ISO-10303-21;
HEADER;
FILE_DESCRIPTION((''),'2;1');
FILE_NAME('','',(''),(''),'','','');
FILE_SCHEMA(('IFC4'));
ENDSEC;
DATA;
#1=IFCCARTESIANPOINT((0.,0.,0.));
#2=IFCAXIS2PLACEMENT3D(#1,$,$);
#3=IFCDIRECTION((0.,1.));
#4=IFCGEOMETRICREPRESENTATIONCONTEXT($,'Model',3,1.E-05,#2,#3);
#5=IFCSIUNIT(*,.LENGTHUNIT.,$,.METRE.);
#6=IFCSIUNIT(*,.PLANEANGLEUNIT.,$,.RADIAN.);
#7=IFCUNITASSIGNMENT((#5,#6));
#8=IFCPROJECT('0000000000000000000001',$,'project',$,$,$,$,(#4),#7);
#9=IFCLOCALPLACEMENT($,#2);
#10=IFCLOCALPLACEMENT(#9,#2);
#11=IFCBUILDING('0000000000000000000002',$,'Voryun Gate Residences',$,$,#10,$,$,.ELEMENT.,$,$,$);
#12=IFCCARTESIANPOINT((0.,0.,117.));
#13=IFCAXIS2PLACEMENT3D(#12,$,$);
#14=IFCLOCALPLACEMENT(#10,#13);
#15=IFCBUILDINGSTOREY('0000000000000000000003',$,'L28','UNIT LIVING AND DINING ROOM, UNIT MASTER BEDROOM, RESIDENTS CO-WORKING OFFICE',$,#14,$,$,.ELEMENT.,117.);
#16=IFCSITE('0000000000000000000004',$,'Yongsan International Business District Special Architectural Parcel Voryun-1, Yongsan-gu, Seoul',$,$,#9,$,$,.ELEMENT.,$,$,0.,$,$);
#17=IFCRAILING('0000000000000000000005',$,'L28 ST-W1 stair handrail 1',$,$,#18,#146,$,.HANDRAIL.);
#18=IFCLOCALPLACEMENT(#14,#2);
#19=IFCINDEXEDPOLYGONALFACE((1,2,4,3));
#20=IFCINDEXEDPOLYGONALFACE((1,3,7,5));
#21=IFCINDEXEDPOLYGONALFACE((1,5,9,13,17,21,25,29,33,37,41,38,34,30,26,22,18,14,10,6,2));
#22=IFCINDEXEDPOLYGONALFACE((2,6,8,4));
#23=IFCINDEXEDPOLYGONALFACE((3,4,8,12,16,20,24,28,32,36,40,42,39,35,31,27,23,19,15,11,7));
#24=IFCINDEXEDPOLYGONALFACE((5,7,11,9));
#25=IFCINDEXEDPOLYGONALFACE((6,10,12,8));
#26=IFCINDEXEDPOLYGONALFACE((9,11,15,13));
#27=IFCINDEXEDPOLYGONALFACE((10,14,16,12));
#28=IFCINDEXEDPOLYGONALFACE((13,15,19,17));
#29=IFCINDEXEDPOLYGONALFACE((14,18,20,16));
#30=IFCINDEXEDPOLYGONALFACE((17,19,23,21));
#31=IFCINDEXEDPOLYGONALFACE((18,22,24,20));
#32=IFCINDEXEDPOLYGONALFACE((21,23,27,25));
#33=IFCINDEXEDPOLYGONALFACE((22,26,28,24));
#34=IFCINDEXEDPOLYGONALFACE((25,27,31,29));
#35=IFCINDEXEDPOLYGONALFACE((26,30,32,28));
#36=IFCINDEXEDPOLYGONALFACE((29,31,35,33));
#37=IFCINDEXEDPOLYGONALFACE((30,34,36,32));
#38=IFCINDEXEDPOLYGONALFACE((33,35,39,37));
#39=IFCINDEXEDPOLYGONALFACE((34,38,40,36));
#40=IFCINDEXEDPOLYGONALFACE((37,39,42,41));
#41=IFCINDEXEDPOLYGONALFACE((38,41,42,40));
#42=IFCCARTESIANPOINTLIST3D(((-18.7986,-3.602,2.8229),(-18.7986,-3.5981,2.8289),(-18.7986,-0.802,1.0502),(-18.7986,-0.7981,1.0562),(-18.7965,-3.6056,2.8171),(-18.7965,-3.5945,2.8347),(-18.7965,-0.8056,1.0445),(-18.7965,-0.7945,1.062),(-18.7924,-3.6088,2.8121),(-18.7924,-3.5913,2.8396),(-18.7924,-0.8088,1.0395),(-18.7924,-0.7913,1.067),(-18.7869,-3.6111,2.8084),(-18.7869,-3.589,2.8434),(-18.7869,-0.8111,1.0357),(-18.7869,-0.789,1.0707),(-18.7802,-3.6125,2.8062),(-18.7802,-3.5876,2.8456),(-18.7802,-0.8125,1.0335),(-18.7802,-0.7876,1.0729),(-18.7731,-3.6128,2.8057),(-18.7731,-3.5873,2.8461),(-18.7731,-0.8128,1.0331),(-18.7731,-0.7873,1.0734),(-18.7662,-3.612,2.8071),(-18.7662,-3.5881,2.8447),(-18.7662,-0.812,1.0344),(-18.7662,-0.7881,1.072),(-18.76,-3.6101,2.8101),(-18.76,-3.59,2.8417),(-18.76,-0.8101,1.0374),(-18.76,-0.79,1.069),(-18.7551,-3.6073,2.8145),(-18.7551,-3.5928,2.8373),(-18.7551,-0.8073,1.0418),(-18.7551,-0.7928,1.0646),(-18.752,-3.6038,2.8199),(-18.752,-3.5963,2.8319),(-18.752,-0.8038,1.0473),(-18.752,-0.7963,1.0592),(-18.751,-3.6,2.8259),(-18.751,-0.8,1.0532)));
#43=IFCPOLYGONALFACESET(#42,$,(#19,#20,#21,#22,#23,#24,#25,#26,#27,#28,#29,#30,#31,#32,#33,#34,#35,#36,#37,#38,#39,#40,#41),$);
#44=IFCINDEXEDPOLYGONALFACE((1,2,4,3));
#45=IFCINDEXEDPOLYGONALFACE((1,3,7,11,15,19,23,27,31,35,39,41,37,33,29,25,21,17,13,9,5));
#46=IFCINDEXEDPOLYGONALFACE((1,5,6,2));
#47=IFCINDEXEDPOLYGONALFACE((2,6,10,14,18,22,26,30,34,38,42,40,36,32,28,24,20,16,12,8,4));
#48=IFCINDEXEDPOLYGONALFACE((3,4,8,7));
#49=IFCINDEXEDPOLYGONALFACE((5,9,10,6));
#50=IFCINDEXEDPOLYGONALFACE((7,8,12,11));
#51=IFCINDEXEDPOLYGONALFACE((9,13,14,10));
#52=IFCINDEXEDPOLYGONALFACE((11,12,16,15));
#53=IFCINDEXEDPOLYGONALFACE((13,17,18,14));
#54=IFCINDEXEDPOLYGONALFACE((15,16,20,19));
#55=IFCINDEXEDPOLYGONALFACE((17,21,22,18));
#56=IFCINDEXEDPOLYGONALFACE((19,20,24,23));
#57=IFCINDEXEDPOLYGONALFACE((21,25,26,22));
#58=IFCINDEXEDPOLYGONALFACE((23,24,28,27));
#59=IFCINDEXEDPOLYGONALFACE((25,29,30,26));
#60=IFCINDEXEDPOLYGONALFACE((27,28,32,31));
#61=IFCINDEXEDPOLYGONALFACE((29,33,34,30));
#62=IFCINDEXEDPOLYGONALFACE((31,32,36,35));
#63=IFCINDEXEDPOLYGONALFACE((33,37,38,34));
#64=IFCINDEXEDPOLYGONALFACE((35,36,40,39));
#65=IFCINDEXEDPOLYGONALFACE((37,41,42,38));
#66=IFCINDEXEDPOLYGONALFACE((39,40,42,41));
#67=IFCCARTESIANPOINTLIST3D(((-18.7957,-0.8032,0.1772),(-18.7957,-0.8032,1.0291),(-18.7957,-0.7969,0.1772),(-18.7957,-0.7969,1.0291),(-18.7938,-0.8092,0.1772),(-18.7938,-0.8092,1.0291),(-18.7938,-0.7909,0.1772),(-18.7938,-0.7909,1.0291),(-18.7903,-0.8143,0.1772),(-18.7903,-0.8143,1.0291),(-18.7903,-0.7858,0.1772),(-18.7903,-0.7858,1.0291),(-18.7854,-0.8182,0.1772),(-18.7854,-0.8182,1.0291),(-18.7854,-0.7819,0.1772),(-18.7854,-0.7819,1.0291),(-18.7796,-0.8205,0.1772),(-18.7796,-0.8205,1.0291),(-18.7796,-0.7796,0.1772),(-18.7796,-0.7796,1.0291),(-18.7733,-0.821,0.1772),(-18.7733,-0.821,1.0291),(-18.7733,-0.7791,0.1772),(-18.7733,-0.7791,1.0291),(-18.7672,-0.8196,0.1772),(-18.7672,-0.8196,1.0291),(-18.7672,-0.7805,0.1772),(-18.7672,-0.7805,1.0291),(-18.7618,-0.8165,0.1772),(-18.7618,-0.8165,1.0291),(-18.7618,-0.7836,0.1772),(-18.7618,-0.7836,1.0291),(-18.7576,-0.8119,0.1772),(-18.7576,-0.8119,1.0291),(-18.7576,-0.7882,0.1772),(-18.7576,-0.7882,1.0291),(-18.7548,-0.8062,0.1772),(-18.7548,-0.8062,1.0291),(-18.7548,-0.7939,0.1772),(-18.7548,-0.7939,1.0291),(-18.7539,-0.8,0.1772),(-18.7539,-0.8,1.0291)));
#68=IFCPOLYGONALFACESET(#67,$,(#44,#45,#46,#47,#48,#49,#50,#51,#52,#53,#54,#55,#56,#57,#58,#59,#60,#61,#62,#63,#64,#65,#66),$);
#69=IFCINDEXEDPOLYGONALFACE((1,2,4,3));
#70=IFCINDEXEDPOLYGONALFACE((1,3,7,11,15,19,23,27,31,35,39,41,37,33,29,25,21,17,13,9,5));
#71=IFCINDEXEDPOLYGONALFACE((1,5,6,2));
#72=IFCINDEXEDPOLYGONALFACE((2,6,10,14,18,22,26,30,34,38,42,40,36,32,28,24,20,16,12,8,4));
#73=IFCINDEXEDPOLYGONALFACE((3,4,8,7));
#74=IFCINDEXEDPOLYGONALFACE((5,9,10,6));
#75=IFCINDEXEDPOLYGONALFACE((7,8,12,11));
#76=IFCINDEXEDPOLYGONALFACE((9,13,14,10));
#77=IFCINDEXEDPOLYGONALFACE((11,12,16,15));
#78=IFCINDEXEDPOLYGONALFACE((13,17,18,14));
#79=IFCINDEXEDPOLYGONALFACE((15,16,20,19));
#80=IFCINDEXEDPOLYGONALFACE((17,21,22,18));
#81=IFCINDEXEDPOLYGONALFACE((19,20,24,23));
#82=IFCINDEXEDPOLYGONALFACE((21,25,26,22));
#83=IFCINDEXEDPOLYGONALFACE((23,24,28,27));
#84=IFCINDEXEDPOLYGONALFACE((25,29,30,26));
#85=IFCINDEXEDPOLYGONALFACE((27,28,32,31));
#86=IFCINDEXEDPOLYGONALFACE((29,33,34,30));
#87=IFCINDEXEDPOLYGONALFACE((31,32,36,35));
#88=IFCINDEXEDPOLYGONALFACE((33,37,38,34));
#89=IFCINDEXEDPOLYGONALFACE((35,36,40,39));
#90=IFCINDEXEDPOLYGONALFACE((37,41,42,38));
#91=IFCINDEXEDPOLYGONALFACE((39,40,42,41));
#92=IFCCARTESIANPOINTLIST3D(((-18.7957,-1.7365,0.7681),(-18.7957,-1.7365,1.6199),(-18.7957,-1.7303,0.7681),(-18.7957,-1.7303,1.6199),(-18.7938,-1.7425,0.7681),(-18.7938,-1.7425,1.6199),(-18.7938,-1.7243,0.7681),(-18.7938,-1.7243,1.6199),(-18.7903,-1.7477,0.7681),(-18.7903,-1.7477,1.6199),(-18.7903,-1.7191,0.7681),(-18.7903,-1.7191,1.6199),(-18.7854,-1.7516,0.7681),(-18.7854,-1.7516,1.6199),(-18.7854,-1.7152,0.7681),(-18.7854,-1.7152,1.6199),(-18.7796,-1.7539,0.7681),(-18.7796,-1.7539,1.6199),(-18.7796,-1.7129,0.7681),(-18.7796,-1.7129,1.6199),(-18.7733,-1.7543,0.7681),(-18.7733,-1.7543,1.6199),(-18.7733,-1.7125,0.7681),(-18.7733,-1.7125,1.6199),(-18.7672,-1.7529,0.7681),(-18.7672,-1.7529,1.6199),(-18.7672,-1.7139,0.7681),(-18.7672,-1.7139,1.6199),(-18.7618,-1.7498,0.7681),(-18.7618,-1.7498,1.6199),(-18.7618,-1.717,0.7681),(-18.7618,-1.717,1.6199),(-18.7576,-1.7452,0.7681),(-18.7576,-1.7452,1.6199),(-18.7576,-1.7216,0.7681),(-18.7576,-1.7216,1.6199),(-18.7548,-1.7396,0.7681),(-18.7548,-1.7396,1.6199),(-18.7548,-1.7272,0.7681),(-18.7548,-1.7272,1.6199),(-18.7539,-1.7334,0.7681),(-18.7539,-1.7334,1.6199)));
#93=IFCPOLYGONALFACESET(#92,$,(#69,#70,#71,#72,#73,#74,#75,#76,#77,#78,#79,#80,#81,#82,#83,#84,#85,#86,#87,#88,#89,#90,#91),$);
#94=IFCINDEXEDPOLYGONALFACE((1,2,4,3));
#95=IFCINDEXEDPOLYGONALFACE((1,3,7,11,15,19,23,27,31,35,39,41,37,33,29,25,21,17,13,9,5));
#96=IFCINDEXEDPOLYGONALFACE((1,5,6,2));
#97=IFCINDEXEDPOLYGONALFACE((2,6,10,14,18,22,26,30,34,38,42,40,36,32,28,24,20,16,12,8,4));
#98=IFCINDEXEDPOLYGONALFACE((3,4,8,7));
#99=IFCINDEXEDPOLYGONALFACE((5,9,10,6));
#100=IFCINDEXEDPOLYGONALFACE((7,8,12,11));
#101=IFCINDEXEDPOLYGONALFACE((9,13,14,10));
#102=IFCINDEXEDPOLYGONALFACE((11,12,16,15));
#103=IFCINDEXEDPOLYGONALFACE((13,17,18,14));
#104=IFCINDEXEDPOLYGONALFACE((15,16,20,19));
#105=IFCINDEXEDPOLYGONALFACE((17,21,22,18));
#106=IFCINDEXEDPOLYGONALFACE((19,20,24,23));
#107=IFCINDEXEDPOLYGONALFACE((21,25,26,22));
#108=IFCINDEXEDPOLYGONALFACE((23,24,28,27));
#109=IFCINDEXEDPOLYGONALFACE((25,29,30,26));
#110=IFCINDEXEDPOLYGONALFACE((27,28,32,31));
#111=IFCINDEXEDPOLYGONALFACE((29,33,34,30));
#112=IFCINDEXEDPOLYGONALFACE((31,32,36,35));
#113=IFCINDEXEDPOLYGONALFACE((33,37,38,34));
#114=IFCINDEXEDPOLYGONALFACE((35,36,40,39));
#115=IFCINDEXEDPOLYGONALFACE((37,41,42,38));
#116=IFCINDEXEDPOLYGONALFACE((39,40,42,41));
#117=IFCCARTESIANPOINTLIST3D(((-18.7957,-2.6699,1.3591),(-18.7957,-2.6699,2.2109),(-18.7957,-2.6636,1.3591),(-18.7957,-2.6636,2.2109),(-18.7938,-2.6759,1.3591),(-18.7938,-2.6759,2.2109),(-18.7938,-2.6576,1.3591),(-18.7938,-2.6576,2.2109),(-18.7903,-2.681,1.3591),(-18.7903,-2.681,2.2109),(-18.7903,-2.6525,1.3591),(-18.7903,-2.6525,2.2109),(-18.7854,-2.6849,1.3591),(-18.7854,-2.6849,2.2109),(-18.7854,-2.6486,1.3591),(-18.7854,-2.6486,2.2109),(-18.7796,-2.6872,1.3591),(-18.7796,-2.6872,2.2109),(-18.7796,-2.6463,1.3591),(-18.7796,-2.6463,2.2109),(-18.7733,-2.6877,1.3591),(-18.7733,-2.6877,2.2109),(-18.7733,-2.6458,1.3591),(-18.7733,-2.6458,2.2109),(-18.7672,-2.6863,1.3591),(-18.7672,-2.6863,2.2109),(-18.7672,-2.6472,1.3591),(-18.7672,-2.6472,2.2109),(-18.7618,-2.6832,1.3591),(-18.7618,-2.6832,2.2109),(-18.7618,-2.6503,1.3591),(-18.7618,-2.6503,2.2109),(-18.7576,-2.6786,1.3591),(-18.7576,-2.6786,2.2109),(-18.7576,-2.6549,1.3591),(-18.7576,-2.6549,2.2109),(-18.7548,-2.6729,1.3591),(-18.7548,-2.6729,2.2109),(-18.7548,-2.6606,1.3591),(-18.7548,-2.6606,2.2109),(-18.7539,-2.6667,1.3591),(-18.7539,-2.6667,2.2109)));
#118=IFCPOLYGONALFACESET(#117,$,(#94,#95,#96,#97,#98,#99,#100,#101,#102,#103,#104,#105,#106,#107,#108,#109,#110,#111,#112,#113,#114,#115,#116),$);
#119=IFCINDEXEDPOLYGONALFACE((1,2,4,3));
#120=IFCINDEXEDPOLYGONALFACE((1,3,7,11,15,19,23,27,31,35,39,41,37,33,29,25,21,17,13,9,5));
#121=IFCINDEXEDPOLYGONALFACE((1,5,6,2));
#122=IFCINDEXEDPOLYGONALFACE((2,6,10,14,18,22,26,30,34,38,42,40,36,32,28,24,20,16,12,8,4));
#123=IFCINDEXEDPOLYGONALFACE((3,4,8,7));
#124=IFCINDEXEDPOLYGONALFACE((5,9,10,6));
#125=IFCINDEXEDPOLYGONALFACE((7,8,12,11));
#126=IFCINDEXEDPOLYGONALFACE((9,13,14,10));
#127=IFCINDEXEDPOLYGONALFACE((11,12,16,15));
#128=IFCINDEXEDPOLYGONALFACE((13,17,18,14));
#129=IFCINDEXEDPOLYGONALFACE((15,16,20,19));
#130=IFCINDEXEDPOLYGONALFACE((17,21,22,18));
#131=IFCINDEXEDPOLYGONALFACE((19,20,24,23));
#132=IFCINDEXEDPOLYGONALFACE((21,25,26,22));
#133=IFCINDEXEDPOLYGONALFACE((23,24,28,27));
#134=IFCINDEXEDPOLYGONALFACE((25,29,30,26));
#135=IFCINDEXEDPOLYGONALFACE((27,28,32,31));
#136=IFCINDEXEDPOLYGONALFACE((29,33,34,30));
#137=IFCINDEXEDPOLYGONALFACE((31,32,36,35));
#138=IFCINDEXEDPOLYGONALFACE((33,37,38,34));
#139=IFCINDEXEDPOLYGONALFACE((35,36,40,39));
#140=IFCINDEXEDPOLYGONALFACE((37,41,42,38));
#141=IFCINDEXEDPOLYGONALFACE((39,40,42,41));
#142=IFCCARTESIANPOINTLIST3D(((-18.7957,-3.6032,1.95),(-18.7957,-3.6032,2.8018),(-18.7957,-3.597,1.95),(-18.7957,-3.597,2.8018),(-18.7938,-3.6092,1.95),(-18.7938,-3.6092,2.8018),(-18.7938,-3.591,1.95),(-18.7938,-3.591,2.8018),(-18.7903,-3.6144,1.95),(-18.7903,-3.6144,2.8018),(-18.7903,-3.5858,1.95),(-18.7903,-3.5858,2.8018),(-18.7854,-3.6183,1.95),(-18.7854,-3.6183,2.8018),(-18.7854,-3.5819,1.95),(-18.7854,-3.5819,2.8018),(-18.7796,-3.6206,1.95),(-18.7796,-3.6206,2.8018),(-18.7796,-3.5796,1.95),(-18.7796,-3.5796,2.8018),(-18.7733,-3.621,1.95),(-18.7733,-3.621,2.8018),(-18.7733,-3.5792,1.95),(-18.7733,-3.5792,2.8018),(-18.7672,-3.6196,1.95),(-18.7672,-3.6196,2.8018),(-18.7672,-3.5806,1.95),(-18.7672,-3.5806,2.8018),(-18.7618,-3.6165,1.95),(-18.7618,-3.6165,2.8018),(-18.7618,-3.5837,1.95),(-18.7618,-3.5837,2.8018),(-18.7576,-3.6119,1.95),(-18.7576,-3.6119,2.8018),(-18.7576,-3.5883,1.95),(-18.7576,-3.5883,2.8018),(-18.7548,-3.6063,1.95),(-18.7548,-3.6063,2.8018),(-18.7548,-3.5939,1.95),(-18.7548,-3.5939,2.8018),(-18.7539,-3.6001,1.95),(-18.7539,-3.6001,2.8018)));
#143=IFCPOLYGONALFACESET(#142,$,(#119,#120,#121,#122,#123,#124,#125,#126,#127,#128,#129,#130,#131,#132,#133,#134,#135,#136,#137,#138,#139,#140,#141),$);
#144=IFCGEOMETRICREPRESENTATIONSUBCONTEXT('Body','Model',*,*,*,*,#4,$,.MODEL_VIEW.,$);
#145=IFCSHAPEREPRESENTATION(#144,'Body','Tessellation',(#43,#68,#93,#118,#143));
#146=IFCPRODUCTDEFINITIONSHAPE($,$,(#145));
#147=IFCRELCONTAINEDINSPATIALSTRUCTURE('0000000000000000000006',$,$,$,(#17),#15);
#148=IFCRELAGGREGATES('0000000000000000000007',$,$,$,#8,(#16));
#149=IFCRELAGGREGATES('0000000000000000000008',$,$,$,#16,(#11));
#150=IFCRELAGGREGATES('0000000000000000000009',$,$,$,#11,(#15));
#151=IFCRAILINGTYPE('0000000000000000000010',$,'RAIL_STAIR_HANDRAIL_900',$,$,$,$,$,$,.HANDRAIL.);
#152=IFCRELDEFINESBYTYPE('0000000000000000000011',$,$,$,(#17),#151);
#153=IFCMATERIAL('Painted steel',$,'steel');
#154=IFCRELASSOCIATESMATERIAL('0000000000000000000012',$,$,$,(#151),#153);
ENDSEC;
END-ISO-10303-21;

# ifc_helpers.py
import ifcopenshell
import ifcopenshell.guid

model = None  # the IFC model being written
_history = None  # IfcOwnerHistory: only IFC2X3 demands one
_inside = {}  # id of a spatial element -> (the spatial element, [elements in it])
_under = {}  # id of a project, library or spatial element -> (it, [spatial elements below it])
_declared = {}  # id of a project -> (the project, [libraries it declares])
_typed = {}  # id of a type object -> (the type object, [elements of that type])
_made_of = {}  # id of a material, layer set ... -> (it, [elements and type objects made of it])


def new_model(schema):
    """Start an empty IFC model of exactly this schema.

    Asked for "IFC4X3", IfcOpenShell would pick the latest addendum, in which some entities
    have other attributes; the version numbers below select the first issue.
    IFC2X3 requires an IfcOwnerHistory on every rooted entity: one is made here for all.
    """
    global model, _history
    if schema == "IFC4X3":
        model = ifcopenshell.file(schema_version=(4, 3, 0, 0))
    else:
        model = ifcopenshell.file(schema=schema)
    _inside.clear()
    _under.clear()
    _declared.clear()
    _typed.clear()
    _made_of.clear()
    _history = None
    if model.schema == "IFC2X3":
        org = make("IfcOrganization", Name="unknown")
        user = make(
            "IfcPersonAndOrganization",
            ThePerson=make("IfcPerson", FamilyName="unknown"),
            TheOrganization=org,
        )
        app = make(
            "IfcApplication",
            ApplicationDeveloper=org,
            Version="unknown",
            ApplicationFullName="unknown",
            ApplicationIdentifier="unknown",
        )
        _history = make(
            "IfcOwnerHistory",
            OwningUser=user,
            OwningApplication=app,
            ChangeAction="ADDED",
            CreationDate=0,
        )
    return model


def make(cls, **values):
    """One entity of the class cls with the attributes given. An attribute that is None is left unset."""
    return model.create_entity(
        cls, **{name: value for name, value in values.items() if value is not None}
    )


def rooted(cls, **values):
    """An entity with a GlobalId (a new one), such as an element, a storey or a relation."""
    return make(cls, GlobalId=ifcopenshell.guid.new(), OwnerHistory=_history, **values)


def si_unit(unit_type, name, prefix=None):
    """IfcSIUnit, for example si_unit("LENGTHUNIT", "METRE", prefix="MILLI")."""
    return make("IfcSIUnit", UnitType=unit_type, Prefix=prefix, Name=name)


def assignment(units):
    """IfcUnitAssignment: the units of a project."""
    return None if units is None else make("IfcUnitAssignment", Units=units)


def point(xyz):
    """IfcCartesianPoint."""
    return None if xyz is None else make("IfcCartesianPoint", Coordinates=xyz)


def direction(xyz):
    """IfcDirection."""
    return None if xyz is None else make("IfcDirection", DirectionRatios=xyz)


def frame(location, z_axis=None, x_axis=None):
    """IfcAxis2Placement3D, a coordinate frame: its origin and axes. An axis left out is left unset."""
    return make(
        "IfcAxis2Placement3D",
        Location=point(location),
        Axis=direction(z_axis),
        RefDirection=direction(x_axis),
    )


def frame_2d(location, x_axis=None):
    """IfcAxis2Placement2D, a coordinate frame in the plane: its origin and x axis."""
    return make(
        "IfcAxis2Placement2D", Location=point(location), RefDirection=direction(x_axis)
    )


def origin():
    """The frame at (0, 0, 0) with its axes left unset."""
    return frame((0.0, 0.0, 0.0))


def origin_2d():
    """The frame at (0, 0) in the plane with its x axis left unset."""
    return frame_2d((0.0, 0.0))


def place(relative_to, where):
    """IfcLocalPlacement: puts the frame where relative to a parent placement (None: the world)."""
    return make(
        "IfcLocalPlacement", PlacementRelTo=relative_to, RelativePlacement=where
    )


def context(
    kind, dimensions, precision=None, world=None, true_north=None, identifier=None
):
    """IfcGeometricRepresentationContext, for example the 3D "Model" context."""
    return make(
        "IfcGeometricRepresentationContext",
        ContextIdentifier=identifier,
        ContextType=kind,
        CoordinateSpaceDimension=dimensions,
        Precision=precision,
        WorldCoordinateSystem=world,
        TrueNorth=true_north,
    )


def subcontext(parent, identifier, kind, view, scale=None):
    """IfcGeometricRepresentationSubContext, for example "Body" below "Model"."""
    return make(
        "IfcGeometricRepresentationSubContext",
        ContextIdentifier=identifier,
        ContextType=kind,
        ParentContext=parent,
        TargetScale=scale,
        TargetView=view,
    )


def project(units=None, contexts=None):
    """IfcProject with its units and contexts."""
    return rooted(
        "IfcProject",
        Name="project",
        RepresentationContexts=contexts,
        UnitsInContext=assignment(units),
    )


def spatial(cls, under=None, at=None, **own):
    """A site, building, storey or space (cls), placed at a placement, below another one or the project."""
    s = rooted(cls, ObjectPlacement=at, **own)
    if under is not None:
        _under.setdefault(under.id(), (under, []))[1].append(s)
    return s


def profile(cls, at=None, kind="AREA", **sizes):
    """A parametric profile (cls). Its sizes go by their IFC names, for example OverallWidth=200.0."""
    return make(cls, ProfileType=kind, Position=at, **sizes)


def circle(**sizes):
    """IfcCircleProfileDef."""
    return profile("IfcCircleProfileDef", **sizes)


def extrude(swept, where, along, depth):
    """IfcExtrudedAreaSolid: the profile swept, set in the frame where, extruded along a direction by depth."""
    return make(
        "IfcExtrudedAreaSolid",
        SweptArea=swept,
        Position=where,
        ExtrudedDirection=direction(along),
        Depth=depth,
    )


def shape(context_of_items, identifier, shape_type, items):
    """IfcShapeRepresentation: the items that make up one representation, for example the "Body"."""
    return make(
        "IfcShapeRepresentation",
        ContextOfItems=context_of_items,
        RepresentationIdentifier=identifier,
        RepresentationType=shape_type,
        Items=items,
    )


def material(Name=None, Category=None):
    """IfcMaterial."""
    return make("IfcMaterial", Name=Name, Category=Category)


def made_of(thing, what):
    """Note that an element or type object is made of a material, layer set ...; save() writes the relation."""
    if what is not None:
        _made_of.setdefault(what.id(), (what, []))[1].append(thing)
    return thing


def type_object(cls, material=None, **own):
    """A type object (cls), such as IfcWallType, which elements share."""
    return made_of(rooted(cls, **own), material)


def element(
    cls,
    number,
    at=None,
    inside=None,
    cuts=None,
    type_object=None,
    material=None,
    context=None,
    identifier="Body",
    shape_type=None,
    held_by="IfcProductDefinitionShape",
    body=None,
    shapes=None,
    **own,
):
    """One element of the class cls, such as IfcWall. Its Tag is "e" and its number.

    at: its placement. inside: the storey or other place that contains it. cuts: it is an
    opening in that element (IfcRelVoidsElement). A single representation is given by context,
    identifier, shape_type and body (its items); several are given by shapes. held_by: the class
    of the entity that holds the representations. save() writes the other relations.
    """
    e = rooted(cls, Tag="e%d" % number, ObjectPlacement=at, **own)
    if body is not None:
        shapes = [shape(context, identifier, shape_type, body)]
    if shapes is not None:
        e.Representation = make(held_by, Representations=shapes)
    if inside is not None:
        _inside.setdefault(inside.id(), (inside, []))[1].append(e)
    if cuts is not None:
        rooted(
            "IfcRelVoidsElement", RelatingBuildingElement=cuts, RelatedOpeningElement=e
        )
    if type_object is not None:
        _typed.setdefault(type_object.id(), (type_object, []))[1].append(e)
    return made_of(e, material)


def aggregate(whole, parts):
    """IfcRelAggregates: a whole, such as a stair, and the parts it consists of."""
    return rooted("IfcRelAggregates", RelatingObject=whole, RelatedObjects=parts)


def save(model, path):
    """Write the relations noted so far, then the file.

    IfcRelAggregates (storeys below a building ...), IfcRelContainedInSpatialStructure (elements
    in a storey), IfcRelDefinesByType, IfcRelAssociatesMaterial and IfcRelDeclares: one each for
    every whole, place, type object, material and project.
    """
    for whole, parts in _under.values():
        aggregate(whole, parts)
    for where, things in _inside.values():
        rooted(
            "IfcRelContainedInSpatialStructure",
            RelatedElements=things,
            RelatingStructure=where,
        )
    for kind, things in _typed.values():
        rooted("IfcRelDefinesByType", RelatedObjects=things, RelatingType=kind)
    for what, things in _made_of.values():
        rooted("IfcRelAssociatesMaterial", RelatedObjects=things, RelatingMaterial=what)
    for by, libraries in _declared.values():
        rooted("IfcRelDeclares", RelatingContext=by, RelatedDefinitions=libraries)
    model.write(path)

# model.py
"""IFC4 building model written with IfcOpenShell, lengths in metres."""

from ifc_helpers import new_model, si_unit, direction, frame, origin, origin_2d, place, context, subcontext, project, spatial, circle, extrude, material, type_object, element, save


model = new_model("IFC4")

# Units and contexts
model_context = context("Model", 3, precision=1e-05, world=origin(), true_north=direction((0.0, 1.0)))
body_context = subcontext(model_context, "Body", "Model", "MODEL_VIEW")
ifc_project = project(units=[si_unit("LENGTHUNIT", "METRE"), si_unit("PLANEANGLEUNIT", "RADIAN")], contexts=[model_context])

# Site, building, storey
site_placement = place(None, origin())
site = spatial("IfcSite", under=ifc_project, at=site_placement, Name="Yongsan International Business District Special Architectural Parcel Voryun-1, Yongsan-gu, Seoul", CompositionType="ELEMENT", RefElevation=0.0)
building_placement = place(site_placement, origin())
building = spatial("IfcBuilding", under=site, at=building_placement, Name="Voryun Gate Residences", CompositionType="ELEMENT")
storey_placement = place(building_placement, frame((0.0, 0.0, 117.0)))
storey = spatial("IfcBuildingStorey", under=building, at=storey_placement, Name="L28", Description="UNIT LIVING AND DINING ROOM, UNIT MASTER BEDROOM, RESIDENTS CO-WORKING OFFICE", CompositionType="ELEMENT", Elevation=117.0)

# Railing
ifc_material_1 = material(Name="Painted steel", Category="steel")
railing_type_1 = type_object("IfcRailingType", Name="RAIL_STAIR_HANDRAIL_900", PredefinedType="HANDRAIL", material=ifc_material_1)
railing_1_placement = place(storey_placement, frame((-18.7749, -0.8, 0.1772)))
element("IfcRailing", 1, at=railing_1_placement, inside=storey, type_object=railing_type_1, Name="L28 ST-W1 stair handrail 1", PredefinedType="HANDRAIL", context=body_context, shape_type="SweptSolid", body=[
    extrude(circle(Radius=0.0239, at=origin_2d()), frame((0.0, 0.0, 0.876), z_axis=(0.0, -0.844909, 0.53491), x_axis=(1.0, 0.0, 0.0)), (0.0, 0.0, 1.0), 3.314),
    extrude(circle(Radius=0.021, at=origin_2d()), origin(), (0.0, 0.0, 1.0), 0.8518),
    extrude(circle(Radius=0.021, at=origin_2d()), frame((0.0, -0.9333, 0.5908)), (0.0, 0.0, 1.0), 0.8518),
    extrude(circle(Radius=0.021, at=origin_2d()), frame((0.0, -1.8667, 1.1819)), (0.0, 0.0, 1.0), 0.8518),
    extrude(circle(Radius=0.021, at=origin_2d()), frame((0.0, -2.8, 1.7727)), (0.0, 0.0, 1.0), 0.8518),
])

save(model, "model.ifc")
